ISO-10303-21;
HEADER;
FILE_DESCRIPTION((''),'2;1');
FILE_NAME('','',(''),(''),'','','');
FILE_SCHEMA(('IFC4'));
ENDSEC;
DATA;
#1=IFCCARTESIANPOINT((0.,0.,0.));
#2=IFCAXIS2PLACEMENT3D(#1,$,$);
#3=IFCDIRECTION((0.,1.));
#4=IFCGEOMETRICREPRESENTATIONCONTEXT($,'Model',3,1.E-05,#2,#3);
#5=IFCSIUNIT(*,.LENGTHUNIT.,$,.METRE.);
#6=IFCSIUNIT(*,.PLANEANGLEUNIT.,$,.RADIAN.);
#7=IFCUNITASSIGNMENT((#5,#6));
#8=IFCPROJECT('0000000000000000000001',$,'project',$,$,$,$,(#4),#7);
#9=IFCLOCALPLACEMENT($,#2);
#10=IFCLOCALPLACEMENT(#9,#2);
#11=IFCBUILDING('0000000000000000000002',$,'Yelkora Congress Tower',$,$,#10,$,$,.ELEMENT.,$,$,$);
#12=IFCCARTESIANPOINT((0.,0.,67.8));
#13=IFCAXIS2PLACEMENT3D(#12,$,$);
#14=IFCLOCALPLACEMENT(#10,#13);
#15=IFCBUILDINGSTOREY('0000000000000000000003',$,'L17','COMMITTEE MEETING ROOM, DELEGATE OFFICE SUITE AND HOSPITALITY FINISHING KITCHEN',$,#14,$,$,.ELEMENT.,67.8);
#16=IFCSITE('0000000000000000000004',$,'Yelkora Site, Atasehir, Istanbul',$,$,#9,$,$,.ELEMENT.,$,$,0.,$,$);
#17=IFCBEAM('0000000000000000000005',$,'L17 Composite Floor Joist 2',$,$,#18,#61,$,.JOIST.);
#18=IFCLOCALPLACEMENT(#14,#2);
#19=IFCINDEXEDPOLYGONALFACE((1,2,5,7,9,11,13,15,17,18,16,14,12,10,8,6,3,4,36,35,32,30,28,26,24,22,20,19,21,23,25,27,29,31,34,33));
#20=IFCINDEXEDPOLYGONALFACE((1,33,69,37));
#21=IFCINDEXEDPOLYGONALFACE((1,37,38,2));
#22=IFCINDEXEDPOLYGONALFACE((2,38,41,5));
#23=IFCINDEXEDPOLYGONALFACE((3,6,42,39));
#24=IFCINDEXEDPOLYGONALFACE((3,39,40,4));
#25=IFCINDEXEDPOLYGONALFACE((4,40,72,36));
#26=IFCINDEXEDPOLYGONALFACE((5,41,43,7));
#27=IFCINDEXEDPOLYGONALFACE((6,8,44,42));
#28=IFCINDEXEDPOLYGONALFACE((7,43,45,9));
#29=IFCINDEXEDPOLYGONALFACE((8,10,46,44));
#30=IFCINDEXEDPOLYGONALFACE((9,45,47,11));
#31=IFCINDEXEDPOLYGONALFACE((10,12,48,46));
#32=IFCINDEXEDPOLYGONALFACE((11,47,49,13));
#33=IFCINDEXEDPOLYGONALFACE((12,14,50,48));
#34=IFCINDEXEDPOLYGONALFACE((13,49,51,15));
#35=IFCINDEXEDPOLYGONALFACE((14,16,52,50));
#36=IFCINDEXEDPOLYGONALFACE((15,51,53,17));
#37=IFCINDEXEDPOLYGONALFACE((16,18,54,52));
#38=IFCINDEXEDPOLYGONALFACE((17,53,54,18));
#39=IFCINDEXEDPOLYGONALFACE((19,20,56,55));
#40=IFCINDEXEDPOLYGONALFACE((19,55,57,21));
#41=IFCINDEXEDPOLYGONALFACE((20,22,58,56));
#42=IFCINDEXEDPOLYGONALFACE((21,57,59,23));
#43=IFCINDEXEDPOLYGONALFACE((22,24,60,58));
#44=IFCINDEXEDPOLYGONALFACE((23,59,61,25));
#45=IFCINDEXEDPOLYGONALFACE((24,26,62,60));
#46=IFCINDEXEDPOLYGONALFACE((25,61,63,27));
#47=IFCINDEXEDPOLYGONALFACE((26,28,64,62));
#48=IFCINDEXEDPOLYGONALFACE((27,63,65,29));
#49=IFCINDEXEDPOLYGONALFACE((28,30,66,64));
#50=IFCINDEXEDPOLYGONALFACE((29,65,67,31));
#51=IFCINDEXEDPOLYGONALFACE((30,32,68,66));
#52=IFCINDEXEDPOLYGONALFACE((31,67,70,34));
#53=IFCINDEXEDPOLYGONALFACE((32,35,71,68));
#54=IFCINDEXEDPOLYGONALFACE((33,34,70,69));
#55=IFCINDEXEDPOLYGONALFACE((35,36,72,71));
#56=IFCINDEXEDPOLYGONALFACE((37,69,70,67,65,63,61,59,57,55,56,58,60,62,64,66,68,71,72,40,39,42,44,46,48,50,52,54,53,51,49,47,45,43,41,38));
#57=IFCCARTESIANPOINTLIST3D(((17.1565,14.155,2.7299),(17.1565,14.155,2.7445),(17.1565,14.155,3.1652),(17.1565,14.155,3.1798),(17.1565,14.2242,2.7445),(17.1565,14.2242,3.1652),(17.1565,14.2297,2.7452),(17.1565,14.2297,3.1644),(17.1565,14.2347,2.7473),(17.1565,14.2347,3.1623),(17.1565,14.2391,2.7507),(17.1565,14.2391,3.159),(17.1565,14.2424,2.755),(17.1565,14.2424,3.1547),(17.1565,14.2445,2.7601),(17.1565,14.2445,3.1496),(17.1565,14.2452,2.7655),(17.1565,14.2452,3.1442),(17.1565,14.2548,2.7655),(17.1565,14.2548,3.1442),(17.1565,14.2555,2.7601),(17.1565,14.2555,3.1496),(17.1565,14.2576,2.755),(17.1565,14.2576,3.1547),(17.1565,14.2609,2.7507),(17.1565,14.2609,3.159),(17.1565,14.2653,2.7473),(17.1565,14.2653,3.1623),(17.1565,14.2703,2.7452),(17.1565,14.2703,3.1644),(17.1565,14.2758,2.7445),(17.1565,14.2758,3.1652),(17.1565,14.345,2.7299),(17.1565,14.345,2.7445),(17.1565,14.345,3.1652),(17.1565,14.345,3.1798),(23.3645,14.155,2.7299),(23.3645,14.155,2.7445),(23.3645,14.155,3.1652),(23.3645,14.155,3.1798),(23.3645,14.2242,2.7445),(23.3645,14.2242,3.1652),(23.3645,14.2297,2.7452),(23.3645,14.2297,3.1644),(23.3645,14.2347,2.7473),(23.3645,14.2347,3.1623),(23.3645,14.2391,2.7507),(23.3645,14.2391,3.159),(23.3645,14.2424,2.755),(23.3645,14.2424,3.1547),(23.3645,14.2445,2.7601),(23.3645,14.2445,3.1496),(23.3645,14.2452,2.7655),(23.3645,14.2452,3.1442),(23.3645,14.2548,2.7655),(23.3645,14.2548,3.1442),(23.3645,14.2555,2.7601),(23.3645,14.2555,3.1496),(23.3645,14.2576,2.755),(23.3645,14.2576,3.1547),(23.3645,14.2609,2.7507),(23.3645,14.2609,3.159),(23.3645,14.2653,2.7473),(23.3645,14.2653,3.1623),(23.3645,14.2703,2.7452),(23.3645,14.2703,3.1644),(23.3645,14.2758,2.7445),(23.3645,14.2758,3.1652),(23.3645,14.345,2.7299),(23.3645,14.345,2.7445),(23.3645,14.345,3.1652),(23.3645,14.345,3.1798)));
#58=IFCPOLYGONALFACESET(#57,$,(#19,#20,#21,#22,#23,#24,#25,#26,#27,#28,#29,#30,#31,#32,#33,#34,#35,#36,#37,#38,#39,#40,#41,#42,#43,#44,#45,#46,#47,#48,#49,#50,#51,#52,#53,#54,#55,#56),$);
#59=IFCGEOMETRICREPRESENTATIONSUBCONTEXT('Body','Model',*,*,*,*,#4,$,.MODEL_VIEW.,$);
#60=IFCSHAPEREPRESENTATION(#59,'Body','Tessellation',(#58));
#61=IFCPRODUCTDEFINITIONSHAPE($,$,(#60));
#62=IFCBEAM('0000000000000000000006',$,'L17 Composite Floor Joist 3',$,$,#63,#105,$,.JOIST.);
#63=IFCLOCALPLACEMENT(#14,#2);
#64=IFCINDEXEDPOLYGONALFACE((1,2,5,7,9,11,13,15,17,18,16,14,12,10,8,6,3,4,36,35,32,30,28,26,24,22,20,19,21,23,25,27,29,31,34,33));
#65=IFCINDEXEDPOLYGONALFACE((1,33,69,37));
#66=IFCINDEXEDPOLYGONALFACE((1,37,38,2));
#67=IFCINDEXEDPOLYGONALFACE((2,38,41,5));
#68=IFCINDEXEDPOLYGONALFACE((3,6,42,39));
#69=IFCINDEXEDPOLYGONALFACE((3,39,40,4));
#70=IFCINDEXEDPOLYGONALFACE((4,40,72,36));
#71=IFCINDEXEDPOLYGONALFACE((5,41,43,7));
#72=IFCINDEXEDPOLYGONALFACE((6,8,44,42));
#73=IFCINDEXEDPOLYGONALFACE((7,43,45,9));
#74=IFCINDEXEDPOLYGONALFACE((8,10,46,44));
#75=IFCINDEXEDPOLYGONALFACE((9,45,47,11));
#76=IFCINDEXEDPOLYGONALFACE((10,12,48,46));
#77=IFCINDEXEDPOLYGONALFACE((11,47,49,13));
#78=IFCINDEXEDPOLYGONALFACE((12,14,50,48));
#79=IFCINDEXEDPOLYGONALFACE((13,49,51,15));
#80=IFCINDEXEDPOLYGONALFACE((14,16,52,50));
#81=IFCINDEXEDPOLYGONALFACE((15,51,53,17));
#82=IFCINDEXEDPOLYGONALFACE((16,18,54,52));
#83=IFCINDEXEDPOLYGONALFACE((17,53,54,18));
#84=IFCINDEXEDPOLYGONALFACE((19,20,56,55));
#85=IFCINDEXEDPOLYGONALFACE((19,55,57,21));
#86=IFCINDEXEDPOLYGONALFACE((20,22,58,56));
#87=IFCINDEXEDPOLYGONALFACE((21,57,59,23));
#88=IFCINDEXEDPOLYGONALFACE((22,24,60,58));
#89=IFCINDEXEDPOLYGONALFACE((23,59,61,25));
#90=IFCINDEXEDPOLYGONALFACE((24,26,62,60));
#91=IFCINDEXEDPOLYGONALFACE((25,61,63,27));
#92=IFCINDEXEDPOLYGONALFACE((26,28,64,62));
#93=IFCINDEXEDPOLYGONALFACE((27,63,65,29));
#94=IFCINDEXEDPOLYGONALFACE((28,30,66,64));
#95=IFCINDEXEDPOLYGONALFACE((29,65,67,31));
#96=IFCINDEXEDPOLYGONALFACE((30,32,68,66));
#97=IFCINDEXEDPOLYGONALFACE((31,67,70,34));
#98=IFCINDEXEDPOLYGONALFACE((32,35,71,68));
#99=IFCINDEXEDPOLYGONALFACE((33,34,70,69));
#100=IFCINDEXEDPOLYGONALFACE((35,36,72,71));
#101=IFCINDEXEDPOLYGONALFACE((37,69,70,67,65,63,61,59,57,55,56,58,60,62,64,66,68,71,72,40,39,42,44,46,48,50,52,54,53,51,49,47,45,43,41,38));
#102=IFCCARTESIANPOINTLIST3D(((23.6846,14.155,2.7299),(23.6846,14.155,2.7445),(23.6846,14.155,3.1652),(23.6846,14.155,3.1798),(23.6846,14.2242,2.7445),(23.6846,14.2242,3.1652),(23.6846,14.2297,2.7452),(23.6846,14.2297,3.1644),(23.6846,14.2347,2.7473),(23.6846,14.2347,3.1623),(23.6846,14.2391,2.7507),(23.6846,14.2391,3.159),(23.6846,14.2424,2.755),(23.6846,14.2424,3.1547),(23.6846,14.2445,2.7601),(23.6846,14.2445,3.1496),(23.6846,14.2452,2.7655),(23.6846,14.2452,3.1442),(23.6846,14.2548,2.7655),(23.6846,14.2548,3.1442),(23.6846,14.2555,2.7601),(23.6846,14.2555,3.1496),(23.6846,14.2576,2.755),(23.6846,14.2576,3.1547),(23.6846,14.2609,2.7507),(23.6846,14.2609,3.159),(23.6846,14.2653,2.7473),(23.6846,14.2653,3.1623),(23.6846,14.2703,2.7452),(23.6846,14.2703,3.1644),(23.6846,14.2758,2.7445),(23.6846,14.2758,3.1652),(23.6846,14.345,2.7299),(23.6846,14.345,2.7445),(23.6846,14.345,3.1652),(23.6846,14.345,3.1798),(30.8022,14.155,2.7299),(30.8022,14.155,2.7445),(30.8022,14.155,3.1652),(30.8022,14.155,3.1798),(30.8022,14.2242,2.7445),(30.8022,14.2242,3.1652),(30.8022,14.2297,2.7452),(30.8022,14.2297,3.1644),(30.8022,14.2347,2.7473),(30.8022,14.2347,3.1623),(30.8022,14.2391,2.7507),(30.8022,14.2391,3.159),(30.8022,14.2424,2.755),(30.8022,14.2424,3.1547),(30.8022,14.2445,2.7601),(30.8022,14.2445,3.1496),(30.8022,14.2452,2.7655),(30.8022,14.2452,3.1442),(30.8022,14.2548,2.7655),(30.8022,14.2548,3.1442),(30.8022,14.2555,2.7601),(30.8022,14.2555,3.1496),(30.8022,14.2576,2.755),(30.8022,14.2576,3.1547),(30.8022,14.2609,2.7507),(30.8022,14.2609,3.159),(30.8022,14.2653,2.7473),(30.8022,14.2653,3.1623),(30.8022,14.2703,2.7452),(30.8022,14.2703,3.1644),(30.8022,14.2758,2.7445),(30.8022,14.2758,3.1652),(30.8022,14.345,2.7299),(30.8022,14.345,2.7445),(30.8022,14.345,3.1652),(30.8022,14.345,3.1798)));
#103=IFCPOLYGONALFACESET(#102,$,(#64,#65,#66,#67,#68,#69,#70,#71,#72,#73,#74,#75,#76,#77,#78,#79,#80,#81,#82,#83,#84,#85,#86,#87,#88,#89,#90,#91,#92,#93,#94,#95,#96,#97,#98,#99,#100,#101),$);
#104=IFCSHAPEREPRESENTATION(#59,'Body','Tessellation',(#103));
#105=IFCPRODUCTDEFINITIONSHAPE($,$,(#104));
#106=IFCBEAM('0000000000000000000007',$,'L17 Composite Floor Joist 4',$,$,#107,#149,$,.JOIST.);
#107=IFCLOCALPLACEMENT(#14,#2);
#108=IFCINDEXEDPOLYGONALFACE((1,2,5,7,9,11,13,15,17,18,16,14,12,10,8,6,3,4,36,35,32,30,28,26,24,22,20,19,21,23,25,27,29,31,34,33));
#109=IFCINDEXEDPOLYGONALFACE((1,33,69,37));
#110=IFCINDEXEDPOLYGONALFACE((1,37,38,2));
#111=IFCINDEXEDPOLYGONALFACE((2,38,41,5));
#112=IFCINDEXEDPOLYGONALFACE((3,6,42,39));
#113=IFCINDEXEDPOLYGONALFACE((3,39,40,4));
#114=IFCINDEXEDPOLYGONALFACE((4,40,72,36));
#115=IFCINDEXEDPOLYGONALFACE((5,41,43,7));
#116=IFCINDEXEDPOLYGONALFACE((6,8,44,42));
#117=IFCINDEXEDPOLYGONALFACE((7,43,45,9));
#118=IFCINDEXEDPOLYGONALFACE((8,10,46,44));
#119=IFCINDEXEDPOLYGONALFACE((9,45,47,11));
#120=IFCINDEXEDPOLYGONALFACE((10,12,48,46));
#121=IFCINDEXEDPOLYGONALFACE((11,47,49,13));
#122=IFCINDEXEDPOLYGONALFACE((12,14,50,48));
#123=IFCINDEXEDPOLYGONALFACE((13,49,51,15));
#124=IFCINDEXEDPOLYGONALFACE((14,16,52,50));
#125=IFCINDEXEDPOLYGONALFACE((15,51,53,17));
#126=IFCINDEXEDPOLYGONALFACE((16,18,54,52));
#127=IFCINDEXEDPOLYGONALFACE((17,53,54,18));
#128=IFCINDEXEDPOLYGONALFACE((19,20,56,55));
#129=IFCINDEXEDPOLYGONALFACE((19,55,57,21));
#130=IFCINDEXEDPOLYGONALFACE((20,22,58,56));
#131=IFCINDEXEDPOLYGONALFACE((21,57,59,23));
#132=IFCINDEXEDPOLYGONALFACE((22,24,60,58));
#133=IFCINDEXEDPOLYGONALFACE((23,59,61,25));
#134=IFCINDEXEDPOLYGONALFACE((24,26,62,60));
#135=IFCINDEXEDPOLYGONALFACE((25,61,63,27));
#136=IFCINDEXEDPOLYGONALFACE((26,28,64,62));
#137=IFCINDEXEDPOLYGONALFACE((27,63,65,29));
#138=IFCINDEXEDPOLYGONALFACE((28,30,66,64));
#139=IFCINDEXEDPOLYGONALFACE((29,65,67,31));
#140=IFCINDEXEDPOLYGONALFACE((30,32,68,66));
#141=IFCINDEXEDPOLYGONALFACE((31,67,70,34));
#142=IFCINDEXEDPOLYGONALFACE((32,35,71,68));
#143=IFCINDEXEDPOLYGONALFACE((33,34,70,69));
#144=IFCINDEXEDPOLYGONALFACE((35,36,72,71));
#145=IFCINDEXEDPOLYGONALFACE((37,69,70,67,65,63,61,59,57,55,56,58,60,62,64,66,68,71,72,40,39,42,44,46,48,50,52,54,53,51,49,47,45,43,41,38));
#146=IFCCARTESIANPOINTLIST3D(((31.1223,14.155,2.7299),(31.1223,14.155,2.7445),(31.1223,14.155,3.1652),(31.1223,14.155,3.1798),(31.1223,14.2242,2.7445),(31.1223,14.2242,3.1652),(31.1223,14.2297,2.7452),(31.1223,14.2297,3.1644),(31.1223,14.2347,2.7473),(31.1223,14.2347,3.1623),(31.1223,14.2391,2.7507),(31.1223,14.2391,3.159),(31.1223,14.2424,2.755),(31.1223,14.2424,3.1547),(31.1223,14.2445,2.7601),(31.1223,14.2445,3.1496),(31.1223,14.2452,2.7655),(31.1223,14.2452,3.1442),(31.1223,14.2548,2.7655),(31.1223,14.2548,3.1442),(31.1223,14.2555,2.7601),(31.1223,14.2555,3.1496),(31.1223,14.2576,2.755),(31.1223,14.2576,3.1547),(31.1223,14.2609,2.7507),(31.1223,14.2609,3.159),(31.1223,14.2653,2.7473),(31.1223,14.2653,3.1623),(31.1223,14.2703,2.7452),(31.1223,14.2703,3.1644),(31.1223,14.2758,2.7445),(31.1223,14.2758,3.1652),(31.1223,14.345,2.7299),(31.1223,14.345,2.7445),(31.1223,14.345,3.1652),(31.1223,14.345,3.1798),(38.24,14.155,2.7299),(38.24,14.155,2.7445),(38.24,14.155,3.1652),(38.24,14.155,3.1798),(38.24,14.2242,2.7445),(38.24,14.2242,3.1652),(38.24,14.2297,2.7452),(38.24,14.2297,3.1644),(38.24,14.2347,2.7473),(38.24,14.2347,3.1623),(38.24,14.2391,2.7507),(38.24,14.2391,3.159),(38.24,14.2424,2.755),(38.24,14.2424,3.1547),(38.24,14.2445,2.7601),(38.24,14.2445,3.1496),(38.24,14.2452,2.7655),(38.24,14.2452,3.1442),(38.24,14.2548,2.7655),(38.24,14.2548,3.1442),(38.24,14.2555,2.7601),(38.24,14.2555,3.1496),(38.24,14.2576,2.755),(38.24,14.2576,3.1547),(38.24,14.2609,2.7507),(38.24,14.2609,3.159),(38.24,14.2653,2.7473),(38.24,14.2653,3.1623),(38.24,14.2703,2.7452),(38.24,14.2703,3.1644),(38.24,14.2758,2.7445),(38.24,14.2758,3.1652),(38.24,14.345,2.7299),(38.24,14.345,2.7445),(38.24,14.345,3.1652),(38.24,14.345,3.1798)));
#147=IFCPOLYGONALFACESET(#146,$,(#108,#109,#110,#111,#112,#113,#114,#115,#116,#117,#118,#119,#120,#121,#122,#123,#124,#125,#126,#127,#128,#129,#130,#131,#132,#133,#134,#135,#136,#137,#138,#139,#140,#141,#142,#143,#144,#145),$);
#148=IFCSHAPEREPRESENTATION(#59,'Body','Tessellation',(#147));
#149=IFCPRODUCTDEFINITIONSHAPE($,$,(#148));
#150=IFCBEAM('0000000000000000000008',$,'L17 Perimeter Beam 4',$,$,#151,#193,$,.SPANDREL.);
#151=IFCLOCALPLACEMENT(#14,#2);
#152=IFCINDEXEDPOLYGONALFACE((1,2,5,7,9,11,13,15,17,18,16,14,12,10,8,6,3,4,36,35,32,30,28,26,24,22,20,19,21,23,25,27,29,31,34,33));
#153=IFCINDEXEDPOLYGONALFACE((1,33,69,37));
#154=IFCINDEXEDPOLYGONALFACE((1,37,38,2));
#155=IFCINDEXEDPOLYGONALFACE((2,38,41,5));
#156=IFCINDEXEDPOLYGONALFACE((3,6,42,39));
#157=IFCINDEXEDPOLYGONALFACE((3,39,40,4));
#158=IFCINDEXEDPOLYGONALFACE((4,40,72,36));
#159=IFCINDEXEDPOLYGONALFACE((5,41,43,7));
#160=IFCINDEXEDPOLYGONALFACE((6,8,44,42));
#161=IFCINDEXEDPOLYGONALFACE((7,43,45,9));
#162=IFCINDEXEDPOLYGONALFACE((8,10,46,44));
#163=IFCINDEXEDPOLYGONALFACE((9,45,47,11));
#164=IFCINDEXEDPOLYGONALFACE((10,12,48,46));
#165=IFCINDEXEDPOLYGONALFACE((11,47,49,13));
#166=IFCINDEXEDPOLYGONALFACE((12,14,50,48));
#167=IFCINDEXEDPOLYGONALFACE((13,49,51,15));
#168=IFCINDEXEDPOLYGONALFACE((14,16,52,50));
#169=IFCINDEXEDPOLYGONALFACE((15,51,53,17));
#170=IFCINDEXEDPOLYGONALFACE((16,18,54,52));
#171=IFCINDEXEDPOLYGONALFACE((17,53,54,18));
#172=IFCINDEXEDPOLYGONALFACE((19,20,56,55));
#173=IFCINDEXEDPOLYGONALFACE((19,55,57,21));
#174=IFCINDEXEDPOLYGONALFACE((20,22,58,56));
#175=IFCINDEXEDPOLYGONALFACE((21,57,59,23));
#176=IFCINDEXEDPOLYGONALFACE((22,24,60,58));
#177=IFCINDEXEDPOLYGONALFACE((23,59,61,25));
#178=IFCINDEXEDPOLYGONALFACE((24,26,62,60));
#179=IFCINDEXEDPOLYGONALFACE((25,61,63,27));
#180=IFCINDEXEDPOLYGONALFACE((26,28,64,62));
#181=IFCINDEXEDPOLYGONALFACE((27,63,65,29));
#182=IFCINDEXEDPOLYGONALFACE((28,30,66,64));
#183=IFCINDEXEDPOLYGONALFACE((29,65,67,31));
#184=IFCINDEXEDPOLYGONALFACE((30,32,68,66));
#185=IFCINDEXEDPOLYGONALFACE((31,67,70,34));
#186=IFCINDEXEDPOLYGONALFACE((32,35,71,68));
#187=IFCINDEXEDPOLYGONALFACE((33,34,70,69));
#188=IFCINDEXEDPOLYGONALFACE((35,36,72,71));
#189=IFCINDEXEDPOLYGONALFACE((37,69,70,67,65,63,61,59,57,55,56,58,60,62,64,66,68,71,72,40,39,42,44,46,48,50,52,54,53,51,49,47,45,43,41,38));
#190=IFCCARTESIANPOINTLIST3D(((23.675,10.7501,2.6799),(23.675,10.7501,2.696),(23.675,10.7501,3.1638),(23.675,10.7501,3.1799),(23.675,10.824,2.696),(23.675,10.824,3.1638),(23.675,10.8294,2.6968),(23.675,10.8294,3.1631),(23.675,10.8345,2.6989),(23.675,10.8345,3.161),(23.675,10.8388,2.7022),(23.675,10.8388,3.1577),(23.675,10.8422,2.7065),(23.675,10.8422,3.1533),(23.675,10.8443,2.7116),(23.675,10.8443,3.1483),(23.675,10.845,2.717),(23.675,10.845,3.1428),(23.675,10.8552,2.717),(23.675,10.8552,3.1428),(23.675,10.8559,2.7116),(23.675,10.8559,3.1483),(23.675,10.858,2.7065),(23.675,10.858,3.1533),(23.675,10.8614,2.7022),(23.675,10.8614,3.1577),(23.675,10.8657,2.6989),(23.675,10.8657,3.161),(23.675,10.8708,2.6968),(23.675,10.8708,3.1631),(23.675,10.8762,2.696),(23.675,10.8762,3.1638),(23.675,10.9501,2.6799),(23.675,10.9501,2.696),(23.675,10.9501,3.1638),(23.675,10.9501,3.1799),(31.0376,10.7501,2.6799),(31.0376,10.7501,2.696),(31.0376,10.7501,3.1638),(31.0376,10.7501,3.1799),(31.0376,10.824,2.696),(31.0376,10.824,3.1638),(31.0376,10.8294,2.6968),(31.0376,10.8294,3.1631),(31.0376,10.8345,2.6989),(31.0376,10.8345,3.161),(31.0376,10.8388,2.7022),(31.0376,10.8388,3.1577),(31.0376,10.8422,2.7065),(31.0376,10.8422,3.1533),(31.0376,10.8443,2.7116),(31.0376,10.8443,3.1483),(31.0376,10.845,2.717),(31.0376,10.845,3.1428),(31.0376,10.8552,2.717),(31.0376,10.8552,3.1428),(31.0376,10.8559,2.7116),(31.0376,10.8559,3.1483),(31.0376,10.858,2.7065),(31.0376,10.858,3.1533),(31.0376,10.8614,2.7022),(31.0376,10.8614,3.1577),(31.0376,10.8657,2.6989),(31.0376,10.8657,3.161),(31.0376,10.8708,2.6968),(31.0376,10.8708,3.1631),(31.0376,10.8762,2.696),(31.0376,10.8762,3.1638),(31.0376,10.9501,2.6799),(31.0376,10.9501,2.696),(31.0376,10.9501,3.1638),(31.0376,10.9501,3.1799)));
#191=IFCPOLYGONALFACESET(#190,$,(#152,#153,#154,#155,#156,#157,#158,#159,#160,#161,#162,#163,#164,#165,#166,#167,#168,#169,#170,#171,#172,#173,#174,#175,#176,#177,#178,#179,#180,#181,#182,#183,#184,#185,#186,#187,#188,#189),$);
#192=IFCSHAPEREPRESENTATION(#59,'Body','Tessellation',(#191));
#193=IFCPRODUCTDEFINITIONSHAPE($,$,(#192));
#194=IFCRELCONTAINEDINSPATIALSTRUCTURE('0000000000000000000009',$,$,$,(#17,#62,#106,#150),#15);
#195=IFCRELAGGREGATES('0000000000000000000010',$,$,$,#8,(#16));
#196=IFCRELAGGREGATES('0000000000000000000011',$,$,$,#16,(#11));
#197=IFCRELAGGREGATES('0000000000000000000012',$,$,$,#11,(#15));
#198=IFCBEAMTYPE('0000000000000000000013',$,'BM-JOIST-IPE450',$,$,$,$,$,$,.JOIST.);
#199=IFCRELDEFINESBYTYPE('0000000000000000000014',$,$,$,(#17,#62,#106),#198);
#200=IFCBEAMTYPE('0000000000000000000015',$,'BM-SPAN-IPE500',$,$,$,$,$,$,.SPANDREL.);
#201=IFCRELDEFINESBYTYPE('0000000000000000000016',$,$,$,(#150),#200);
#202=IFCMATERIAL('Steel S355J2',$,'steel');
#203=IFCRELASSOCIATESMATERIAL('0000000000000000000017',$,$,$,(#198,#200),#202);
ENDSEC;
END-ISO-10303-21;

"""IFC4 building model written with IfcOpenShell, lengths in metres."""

from ifc_helpers import new_model, si_unit, direction, frame, origin, origin_2d, place, context, subcontext, project, spatial, i_section, extrude, material, material_profile, profile_set, type_object, element, save


model = new_model("IFC4")

# Units and contexts
model_context = context("Model", 3, precision=1e-05, world=origin(), true_north=direction((0.0, 1.0)))
body_context = subcontext(model_context, "Body", "Model", "MODEL_VIEW")
ifc_project = project(units=[si_unit("LENGTHUNIT", "METRE"), si_unit("PLANEANGLEUNIT", "RADIAN")], contexts=[model_context])

# Site, building, storey
site_placement = place(None, origin())
site = spatial("IfcSite", under=ifc_project, at=site_placement, Name="Yelkora Site, Atasehir, Istanbul", CompositionType="ELEMENT", RefElevation=0.0)
building_placement = place(site_placement, origin())
building = spatial("IfcBuilding", under=site, at=building_placement, Name="Yelkora Congress Tower", CompositionType="ELEMENT")
storey_placement = place(building_placement, frame((0.0, 0.0, 67.8)))
storey = spatial("IfcBuildingStorey", under=building, at=storey_placement, Name="L17", Description="COMMITTEE MEETING ROOM, DELEGATE OFFICE SUITE AND HOSPITALITY FINISHING KITCHEN", CompositionType="ELEMENT", Elevation=67.8)

# Beams
ifc_material_1 = material(Name="Steel S355J2", Category="steel")
ifc_material_profile_1 = material_profile(ifc_material_1, i_section(OverallWidth=0.1899, OverallDepth=0.45, WebThickness=0.0095, FlangeThickness=0.0146, FilletRadius=0.021, at=origin_2d()), Name="IPE 450")
ifc_profile_set_1 = profile_set([ifc_material_profile_1], Name="Steel S355J2")
beam_type_1 = type_object("IfcBeamType", Name="BM-JOIST-IPE450", PredefinedType="JOIST", material=ifc_profile_set_1)
beam_1_placement = place(storey_placement, frame((17.1565, 14.25, 2.9548), z_axis=(1.0, 0.0, 0.0), x_axis=(0.0, 1.0, 0.0)))
element("IfcBeam", 1, at=beam_1_placement, inside=storey, type_object=beam_type_1, Name="L17 Composite Floor Joist 2", PredefinedType="JOIST", context=body_context, shape_type="SweptSolid", body=[
    extrude(i_section(OverallWidth=0.1899, OverallDepth=0.45, WebThickness=0.0095, FlangeThickness=0.0146, FilletRadius=0.021, at=origin_2d()), origin(), (0.0, 0.0, 1.0), 6.208),
])
for number, where, z_axis, x_axis, name in (
    (2, (23.6846, 14.25, 2.9548), (1.0, 0.0, 0.0), (0.0, 1.0, 0.0), "L17 Composite Floor Joist 3"),
    (3, (31.1223, 14.25, 2.9548), (1.0, 0.0, 0.0), (0.0, 1.0, 0.0), "L17 Composite Floor Joist 4"),
):
    element("IfcBeam", number, at=place(storey_placement, frame(where, z_axis=z_axis, x_axis=x_axis)), inside=storey, type_object=beam_type_1, Name=name, PredefinedType="JOIST", context=body_context, shape_type="SweptSolid", body=[
        extrude(i_section(OverallWidth=0.1899, OverallDepth=0.45, WebThickness=0.0095, FlangeThickness=0.0146, FilletRadius=0.021, at=origin_2d()), origin(), (0.0, 0.0, 1.0), 7.1177),
    ])
ifc_material_profile_2 = material_profile(ifc_material_1, i_section(OverallWidth=0.2, OverallDepth=0.5, WebThickness=0.0103, FlangeThickness=0.0161, FilletRadius=0.021, at=origin_2d()), Name="IPE 500")
ifc_profile_set_2 = profile_set([ifc_material_profile_2], Name="Steel S355J2")
beam_type_2 = type_object("IfcBeamType", Name="BM-SPAN-IPE500", PredefinedType="SPANDREL", material=ifc_profile_set_2)
beam_2_placement = place(storey_placement, frame((23.675, 10.8501, 2.9299), z_axis=(1.0, 0.0, 0.0), x_axis=(0.0, 1.0, 0.0)))
element("IfcBeam", 4, at=beam_2_placement, inside=storey, type_object=beam_type_2, Name="L17 Perimeter Beam 4", PredefinedType="SPANDREL", context=body_context, shape_type="SweptSolid", body=[
    extrude(i_section(OverallWidth=0.2, OverallDepth=0.5, WebThickness=0.0103, FlangeThickness=0.0161, FilletRadius=0.021, at=origin_2d()), origin(), (0.0, 0.0, 1.0), 7.3625),
])

save(model, "model.ifc")
